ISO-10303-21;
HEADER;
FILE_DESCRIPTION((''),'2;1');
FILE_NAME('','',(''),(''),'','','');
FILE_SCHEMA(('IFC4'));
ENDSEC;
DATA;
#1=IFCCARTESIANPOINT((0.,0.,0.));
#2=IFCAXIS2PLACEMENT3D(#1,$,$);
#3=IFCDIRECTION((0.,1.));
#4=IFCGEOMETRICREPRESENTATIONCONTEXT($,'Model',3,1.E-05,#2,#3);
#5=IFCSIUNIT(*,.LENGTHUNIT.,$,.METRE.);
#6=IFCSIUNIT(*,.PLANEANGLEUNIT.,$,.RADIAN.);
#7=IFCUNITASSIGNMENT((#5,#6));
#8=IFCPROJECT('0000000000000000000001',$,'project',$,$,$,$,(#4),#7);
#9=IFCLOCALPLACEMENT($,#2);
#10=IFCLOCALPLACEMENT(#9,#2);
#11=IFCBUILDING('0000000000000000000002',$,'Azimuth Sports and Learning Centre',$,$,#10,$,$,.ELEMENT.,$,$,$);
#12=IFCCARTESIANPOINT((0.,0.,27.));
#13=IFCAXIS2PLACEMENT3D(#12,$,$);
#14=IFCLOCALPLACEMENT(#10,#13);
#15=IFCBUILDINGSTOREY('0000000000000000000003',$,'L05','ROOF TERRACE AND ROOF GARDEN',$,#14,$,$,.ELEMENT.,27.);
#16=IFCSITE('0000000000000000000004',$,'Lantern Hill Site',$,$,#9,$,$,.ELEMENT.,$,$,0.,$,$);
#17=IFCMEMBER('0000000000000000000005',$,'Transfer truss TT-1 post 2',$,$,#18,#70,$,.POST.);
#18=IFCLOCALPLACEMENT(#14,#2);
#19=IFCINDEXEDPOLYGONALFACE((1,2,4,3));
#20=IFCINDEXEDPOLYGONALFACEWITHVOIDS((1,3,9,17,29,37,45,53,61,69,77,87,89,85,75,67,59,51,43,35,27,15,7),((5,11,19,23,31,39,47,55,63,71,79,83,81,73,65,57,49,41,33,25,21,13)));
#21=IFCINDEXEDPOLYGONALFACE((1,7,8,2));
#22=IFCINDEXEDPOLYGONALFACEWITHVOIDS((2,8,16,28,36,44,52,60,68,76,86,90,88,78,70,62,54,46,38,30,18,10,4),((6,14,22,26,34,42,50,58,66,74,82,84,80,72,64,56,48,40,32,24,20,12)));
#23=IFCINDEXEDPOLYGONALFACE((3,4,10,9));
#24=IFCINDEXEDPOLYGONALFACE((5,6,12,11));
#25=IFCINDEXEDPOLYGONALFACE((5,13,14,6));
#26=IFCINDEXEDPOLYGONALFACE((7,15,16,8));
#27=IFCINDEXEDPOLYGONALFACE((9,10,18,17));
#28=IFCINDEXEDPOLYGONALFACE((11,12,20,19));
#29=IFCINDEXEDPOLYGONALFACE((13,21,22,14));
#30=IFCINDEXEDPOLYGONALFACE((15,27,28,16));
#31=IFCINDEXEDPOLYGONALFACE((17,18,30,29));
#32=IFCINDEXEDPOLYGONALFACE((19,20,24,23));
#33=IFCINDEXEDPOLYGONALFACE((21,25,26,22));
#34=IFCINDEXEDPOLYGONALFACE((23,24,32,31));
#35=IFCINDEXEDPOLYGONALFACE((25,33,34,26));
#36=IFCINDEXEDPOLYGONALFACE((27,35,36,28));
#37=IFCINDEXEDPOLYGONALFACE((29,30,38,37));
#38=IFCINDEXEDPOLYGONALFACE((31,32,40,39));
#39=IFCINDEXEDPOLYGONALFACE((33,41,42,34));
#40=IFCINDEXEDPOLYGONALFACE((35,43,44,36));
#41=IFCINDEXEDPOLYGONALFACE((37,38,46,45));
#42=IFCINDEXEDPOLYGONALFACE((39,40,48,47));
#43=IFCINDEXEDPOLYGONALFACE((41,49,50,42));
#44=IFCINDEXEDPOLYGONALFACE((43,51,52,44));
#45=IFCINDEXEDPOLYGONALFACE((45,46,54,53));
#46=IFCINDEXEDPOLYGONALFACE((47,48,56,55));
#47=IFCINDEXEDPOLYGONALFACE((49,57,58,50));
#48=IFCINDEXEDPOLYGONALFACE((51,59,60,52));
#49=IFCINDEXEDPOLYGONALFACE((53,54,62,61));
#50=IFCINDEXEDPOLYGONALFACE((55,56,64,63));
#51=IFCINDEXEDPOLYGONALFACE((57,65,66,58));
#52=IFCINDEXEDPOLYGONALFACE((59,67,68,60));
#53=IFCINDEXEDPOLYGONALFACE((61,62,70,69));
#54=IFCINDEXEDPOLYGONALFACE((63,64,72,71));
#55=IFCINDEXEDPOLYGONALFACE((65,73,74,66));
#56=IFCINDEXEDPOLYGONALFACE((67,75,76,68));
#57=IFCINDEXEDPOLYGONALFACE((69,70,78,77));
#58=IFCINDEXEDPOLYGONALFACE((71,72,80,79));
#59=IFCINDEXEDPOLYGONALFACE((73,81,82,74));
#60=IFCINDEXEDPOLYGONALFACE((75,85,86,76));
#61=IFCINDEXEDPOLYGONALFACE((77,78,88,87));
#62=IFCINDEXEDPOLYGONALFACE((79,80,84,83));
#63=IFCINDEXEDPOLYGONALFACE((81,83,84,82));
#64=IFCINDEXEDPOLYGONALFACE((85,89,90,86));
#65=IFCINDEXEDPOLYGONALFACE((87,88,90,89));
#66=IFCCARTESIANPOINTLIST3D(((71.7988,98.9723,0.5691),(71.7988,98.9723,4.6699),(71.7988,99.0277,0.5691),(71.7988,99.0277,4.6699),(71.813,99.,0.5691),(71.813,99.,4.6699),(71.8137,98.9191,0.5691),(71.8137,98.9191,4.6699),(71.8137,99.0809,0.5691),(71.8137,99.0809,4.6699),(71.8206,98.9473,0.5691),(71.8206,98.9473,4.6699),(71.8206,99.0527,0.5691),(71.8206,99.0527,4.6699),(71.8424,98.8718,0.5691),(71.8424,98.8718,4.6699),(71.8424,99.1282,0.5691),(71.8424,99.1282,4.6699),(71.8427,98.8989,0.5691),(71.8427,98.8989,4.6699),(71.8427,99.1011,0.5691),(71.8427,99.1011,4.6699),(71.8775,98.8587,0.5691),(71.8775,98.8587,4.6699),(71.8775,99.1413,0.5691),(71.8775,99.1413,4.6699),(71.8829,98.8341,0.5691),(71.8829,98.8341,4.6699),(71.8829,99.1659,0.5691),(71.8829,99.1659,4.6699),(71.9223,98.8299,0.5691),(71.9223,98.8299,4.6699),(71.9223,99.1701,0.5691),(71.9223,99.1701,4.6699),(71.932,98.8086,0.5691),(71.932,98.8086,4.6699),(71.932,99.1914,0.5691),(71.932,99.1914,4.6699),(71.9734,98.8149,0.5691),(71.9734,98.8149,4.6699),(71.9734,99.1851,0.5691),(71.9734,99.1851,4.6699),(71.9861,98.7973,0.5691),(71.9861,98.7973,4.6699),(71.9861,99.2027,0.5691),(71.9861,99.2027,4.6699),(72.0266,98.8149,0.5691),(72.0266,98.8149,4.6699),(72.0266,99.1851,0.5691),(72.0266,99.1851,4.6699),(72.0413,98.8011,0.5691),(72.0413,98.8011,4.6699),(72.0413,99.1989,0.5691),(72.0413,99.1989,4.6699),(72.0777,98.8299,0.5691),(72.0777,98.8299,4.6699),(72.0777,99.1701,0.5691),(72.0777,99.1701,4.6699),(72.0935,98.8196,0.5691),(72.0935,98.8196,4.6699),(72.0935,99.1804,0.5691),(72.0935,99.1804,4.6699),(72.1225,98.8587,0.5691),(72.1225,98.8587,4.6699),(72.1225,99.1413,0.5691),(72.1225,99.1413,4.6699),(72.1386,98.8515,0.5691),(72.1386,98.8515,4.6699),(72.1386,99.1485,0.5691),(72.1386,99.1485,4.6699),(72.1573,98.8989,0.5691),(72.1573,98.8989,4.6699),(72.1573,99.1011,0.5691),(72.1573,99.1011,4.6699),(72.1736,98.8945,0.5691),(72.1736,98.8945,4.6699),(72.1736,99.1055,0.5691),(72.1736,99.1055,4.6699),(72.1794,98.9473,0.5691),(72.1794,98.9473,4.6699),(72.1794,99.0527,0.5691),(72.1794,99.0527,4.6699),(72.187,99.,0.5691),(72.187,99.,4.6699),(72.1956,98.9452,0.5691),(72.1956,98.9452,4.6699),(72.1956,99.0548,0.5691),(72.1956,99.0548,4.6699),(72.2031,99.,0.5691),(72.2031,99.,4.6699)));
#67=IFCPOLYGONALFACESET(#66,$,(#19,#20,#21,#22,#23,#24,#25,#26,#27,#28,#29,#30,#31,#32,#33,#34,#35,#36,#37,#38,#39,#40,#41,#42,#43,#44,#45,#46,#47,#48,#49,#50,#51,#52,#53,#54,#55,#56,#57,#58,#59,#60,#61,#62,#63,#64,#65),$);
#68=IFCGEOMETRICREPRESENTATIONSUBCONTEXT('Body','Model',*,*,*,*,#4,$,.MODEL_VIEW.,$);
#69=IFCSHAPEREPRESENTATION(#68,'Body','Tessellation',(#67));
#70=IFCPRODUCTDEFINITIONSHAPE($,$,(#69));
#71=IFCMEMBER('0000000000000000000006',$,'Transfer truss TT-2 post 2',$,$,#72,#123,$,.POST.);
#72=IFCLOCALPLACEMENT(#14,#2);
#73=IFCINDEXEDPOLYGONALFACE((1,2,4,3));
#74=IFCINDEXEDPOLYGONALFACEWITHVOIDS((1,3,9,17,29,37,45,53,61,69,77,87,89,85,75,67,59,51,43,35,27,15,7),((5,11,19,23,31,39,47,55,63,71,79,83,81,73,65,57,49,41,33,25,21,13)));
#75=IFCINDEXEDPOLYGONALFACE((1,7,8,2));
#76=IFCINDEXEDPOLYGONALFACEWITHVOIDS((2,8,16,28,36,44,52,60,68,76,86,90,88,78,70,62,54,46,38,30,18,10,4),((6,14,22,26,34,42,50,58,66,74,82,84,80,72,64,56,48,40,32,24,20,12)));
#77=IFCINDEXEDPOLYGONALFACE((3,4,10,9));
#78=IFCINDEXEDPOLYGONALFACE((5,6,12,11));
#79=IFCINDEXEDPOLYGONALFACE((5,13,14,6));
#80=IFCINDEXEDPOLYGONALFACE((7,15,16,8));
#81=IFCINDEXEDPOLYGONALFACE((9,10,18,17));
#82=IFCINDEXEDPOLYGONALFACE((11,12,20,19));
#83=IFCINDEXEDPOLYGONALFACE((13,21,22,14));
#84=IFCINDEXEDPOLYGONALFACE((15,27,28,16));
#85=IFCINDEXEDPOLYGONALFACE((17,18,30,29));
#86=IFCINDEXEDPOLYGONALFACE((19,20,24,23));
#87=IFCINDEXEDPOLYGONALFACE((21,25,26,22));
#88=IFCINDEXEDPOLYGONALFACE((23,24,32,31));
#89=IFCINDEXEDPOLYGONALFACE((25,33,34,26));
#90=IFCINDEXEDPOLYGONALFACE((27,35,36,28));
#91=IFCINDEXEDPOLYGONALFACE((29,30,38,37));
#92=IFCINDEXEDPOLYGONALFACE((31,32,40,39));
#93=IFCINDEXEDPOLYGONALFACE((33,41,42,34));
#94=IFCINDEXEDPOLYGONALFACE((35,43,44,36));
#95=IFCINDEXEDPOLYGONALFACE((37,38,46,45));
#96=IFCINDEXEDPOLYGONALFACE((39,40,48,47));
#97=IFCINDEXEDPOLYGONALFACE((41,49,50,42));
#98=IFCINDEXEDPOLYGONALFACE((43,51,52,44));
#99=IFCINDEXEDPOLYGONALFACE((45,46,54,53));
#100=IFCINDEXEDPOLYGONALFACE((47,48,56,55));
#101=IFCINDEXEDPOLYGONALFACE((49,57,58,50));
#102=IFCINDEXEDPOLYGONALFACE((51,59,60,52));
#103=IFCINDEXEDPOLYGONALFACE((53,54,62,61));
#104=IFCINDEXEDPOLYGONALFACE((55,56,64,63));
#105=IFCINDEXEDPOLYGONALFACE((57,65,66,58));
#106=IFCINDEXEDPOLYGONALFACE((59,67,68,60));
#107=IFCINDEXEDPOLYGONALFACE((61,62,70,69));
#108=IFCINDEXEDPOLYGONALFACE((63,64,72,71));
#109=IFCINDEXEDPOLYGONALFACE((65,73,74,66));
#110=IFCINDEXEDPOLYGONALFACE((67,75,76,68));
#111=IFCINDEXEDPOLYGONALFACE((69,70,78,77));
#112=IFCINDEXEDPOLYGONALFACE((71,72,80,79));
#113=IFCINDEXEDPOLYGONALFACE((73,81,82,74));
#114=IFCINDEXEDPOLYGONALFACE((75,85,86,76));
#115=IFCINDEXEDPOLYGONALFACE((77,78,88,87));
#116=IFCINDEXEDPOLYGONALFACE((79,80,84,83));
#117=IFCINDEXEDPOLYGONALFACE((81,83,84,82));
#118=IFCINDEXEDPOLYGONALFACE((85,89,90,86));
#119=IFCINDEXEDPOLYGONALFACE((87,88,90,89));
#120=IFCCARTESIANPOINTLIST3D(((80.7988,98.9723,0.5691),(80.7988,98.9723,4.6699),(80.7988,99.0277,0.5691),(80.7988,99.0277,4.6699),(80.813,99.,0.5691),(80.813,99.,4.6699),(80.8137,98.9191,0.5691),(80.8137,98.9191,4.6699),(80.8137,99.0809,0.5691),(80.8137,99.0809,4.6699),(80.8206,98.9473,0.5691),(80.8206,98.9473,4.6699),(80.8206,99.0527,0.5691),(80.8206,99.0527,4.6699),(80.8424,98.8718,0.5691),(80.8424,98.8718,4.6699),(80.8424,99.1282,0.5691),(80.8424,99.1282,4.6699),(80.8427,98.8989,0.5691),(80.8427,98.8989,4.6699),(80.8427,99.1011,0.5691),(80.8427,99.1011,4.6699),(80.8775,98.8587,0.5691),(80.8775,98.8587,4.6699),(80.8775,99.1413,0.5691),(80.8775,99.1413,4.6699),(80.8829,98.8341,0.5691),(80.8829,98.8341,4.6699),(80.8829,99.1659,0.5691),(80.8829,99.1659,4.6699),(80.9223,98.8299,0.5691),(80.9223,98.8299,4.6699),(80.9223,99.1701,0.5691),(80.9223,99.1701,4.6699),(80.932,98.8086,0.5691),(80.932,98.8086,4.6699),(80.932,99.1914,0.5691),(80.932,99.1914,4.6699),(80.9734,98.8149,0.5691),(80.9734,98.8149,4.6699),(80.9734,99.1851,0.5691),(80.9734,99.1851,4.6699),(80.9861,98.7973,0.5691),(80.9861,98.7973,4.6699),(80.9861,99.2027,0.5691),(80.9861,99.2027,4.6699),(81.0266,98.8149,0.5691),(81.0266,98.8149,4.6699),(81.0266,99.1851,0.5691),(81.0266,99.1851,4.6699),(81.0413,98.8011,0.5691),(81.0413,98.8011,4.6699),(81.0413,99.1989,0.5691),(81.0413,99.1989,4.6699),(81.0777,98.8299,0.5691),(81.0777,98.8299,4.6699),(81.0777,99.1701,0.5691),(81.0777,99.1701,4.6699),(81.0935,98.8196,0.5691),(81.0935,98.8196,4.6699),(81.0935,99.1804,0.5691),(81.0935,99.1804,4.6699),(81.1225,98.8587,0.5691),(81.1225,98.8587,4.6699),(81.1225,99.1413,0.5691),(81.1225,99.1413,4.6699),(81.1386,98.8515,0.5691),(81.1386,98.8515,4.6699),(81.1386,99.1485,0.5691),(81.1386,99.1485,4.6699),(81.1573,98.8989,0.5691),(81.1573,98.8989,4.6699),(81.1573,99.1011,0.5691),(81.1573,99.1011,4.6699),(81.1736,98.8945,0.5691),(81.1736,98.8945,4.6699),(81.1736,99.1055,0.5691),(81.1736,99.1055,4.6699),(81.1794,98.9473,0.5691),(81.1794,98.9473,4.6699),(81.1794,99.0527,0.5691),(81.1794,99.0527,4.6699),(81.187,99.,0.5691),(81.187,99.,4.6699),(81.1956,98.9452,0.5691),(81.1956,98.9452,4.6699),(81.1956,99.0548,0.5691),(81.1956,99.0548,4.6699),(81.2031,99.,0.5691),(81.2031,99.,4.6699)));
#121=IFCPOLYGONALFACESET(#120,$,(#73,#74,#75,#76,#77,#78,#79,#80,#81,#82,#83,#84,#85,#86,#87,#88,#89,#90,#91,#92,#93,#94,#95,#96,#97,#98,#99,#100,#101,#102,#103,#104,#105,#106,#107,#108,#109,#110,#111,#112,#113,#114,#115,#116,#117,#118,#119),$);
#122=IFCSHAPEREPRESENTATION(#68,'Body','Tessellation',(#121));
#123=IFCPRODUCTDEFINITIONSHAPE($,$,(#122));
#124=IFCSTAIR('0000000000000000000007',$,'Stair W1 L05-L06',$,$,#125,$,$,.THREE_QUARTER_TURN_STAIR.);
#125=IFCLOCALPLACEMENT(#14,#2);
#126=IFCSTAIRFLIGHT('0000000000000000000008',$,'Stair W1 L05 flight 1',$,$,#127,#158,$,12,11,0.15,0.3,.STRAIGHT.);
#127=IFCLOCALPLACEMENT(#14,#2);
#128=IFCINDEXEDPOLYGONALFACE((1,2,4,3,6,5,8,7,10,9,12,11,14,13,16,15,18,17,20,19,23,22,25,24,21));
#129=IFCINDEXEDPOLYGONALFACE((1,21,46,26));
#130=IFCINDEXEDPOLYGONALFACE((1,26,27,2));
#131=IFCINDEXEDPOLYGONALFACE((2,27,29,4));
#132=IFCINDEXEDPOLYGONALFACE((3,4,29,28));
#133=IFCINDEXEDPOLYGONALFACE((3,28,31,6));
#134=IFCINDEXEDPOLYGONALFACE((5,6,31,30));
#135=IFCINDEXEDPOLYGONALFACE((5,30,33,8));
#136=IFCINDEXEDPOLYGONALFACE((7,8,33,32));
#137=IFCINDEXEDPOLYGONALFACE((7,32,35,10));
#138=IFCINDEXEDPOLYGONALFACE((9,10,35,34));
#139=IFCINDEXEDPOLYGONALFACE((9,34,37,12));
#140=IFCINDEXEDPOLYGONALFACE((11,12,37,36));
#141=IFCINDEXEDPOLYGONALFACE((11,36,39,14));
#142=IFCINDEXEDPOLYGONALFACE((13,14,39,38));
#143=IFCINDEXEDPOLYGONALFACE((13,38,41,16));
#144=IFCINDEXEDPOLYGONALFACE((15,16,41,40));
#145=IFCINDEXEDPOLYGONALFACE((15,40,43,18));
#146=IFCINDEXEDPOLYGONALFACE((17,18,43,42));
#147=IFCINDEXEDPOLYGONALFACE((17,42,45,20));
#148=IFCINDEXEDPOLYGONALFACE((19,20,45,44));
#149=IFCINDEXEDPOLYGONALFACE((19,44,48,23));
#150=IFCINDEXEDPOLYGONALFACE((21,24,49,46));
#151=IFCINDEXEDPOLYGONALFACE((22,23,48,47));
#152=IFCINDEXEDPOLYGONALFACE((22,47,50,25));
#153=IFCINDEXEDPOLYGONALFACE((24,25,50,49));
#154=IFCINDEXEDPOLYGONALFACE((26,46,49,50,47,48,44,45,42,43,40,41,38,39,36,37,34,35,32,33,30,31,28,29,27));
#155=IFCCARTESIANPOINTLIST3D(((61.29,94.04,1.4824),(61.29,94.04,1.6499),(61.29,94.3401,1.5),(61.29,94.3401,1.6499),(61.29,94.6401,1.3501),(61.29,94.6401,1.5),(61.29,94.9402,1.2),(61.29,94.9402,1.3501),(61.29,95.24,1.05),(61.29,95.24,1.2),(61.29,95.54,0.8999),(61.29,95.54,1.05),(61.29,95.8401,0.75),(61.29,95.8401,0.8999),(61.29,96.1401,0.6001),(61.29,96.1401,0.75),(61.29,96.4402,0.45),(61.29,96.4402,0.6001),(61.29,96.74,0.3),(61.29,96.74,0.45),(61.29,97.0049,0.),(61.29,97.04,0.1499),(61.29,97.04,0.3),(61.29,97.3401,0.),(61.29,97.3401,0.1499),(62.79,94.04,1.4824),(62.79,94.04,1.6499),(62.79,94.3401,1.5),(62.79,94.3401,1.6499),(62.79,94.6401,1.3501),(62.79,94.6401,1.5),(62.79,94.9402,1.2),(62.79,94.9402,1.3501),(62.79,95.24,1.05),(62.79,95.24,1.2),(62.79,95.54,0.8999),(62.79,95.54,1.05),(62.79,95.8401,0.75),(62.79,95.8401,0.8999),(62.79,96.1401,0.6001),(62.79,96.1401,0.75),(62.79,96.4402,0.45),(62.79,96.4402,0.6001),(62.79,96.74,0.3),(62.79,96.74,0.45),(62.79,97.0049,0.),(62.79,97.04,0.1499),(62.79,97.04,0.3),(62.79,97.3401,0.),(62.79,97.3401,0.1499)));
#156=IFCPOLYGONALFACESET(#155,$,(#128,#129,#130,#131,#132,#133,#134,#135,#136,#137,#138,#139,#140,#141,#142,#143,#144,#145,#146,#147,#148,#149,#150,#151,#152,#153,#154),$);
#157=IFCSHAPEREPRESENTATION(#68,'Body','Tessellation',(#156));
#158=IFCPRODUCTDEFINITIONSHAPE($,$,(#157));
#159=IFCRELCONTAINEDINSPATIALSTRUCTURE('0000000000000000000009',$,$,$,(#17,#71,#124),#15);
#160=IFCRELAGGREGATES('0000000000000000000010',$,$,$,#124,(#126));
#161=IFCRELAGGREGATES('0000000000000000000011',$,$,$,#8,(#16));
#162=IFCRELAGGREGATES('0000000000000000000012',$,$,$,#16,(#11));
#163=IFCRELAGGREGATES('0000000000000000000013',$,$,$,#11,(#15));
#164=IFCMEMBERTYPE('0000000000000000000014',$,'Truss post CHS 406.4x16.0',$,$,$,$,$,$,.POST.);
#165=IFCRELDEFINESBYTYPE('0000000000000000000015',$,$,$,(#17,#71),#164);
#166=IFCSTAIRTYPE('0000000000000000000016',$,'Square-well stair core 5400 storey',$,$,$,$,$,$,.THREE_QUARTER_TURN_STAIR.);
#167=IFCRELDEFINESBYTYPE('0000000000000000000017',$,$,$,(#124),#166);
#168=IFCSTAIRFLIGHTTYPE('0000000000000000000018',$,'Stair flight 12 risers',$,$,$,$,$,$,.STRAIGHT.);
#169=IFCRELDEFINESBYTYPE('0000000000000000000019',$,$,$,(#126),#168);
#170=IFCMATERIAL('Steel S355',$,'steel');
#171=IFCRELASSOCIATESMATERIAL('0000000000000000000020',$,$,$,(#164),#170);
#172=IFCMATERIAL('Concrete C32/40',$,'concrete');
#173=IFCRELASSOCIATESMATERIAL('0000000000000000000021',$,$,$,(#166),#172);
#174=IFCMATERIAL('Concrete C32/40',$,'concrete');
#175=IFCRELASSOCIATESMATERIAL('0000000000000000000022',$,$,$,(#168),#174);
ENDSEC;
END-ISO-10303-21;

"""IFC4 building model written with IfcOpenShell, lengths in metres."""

from ifc_helpers import new_model, si_unit, direction, frame, origin, origin_2d, place, context, subcontext, project, spatial, polyline, hollow_circle, outline, extrude, material, material_profile, profile_set, type_object, element, aggregate, save


model = new_model("IFC4")

# Units and contexts
model_context = context("Model", 3, precision=1e-05, world=origin(), true_north=direction((0.0, 1.0)))
body_context = subcontext(model_context, "Body", "Model", "MODEL_VIEW")
ifc_project = project(units=[si_unit("LENGTHUNIT", "METRE"), si_unit("PLANEANGLEUNIT", "RADIAN")], contexts=[model_context])

# Site, building, storey
site_placement = place(None, origin())
site = spatial("IfcSite", under=ifc_project, at=site_placement, Name="Lantern Hill Site", CompositionType="ELEMENT", RefElevation=0.0)
building_placement = place(site_placement, origin())
building = spatial("IfcBuilding", under=site, at=building_placement, Name="Azimuth Sports and Learning Centre", CompositionType="ELEMENT")
storey_placement = place(building_placement, frame((0.0, 0.0, 27.0)))
storey = spatial("IfcBuildingStorey", under=building, at=storey_placement, Name="L05", Description="ROOF TERRACE AND ROOF GARDEN", CompositionType="ELEMENT", Elevation=27.0)

# Members
ifc_material_1 = material(Name="Steel S355", Category="steel")
ifc_material_profile_1 = material_profile(ifc_material_1, hollow_circle(Radius=0.2031, WallThickness=0.0161, at=origin_2d()), Name="CHS 406.4x16.0")
ifc_profile_set_1 = profile_set([ifc_material_profile_1], Name="Steel S355")
member_type_1 = type_object("IfcMemberType", Name="Truss post CHS 406.4x16.0", PredefinedType="POST", material=ifc_profile_set_1)
for number, where, z_axis, x_axis, name in (
    (1, (72.0, 99.0, 0.5691), (0.0, 0.0, 1.0), (1.0, 0.0, 0.0), "Transfer truss TT-1 post 2"),
    (2, (81.0, 99.0, 0.5691), (0.0, 0.0, 1.0), (1.0, 0.0, 0.0), "Transfer truss TT-2 post 2"),
):
    element("IfcMember", number, at=place(storey_placement, frame(where, z_axis=z_axis, x_axis=x_axis)), inside=storey, type_object=member_type_1, Name=name, PredefinedType="POST", context=body_context, shape_type="SweptSolid", body=[
        extrude(hollow_circle(Radius=0.2031, WallThickness=0.0161, at=origin_2d()), origin(), (0.0, 0.0, 1.0), 4.1008),
    ])

# Stair, stair flight
ifc_material_2 = material(Name="Concrete C32/40", Category="concrete")
stair_type = type_object("IfcStairType", Name="Square-well stair core 5400 storey", PredefinedType="THREE_QUARTER_TURN_STAIR", material=ifc_material_2)
stair_placement = place(storey_placement, origin())
stair = element("IfcStair", 3, at=stair_placement, inside=storey, type_object=stair_type, Name="Stair W1 L05-L06", PredefinedType="THREE_QUARTER_TURN_STAIR")
ifc_material_3 = material(Name="Concrete C32/40", Category="concrete")
stair_flight_type = type_object("IfcStairFlightType", Name="Stair flight 12 risers", PredefinedType="STRAIGHT", material=ifc_material_3)
stair_flight_placement = place(storey_placement, frame((62.04, 97.3401, 0.0), z_axis=(0.0, 0.0, 1.0), x_axis=(0.0, -1.0, 0.0)))
stair_flight = element("IfcStairFlight", 4, at=stair_flight_placement, type_object=stair_flight_type, Name="Stair W1 L05 flight 1", NumberOfRisers=12, NumberOfTreads=11, PredefinedType="STRAIGHT", RiserHeight=0.15, TreadLength=0.3, context=body_context, shape_type="SweptSolid", body=[
    extrude(outline(polyline([(0.0, 0.0), (0.0, 0.1499), (0.3, 0.1499), (0.3, 0.3), (0.6001, 0.3), (0.6001, 0.45), (0.8999, 0.45), (0.8999, 0.6001), (1.2, 0.6001), (1.2, 0.75), (1.5, 0.75), (1.5, 0.8999), (1.8, 0.8999), (1.8, 1.05), (2.1001, 1.05), (2.1001, 1.2), (2.3999, 1.2), (2.3999, 1.3501), (2.7, 1.3501), (2.7, 1.5), (3.0, 1.5), (3.0, 1.6499), (3.3, 1.6499), (3.3, 1.8), (3.3, 1.4824), (0.3352, 0.0), (0.0, 0.0)])), frame((0.0, 0.75, 0.0), z_axis=(0.0, -1.0, 0.0), x_axis=(1.0, 0.0, 0.0)), (0.0, 0.0, 1.0), 1.5),
])
aggregate(stair, [stair_flight])

save(model, "model.ifc")
